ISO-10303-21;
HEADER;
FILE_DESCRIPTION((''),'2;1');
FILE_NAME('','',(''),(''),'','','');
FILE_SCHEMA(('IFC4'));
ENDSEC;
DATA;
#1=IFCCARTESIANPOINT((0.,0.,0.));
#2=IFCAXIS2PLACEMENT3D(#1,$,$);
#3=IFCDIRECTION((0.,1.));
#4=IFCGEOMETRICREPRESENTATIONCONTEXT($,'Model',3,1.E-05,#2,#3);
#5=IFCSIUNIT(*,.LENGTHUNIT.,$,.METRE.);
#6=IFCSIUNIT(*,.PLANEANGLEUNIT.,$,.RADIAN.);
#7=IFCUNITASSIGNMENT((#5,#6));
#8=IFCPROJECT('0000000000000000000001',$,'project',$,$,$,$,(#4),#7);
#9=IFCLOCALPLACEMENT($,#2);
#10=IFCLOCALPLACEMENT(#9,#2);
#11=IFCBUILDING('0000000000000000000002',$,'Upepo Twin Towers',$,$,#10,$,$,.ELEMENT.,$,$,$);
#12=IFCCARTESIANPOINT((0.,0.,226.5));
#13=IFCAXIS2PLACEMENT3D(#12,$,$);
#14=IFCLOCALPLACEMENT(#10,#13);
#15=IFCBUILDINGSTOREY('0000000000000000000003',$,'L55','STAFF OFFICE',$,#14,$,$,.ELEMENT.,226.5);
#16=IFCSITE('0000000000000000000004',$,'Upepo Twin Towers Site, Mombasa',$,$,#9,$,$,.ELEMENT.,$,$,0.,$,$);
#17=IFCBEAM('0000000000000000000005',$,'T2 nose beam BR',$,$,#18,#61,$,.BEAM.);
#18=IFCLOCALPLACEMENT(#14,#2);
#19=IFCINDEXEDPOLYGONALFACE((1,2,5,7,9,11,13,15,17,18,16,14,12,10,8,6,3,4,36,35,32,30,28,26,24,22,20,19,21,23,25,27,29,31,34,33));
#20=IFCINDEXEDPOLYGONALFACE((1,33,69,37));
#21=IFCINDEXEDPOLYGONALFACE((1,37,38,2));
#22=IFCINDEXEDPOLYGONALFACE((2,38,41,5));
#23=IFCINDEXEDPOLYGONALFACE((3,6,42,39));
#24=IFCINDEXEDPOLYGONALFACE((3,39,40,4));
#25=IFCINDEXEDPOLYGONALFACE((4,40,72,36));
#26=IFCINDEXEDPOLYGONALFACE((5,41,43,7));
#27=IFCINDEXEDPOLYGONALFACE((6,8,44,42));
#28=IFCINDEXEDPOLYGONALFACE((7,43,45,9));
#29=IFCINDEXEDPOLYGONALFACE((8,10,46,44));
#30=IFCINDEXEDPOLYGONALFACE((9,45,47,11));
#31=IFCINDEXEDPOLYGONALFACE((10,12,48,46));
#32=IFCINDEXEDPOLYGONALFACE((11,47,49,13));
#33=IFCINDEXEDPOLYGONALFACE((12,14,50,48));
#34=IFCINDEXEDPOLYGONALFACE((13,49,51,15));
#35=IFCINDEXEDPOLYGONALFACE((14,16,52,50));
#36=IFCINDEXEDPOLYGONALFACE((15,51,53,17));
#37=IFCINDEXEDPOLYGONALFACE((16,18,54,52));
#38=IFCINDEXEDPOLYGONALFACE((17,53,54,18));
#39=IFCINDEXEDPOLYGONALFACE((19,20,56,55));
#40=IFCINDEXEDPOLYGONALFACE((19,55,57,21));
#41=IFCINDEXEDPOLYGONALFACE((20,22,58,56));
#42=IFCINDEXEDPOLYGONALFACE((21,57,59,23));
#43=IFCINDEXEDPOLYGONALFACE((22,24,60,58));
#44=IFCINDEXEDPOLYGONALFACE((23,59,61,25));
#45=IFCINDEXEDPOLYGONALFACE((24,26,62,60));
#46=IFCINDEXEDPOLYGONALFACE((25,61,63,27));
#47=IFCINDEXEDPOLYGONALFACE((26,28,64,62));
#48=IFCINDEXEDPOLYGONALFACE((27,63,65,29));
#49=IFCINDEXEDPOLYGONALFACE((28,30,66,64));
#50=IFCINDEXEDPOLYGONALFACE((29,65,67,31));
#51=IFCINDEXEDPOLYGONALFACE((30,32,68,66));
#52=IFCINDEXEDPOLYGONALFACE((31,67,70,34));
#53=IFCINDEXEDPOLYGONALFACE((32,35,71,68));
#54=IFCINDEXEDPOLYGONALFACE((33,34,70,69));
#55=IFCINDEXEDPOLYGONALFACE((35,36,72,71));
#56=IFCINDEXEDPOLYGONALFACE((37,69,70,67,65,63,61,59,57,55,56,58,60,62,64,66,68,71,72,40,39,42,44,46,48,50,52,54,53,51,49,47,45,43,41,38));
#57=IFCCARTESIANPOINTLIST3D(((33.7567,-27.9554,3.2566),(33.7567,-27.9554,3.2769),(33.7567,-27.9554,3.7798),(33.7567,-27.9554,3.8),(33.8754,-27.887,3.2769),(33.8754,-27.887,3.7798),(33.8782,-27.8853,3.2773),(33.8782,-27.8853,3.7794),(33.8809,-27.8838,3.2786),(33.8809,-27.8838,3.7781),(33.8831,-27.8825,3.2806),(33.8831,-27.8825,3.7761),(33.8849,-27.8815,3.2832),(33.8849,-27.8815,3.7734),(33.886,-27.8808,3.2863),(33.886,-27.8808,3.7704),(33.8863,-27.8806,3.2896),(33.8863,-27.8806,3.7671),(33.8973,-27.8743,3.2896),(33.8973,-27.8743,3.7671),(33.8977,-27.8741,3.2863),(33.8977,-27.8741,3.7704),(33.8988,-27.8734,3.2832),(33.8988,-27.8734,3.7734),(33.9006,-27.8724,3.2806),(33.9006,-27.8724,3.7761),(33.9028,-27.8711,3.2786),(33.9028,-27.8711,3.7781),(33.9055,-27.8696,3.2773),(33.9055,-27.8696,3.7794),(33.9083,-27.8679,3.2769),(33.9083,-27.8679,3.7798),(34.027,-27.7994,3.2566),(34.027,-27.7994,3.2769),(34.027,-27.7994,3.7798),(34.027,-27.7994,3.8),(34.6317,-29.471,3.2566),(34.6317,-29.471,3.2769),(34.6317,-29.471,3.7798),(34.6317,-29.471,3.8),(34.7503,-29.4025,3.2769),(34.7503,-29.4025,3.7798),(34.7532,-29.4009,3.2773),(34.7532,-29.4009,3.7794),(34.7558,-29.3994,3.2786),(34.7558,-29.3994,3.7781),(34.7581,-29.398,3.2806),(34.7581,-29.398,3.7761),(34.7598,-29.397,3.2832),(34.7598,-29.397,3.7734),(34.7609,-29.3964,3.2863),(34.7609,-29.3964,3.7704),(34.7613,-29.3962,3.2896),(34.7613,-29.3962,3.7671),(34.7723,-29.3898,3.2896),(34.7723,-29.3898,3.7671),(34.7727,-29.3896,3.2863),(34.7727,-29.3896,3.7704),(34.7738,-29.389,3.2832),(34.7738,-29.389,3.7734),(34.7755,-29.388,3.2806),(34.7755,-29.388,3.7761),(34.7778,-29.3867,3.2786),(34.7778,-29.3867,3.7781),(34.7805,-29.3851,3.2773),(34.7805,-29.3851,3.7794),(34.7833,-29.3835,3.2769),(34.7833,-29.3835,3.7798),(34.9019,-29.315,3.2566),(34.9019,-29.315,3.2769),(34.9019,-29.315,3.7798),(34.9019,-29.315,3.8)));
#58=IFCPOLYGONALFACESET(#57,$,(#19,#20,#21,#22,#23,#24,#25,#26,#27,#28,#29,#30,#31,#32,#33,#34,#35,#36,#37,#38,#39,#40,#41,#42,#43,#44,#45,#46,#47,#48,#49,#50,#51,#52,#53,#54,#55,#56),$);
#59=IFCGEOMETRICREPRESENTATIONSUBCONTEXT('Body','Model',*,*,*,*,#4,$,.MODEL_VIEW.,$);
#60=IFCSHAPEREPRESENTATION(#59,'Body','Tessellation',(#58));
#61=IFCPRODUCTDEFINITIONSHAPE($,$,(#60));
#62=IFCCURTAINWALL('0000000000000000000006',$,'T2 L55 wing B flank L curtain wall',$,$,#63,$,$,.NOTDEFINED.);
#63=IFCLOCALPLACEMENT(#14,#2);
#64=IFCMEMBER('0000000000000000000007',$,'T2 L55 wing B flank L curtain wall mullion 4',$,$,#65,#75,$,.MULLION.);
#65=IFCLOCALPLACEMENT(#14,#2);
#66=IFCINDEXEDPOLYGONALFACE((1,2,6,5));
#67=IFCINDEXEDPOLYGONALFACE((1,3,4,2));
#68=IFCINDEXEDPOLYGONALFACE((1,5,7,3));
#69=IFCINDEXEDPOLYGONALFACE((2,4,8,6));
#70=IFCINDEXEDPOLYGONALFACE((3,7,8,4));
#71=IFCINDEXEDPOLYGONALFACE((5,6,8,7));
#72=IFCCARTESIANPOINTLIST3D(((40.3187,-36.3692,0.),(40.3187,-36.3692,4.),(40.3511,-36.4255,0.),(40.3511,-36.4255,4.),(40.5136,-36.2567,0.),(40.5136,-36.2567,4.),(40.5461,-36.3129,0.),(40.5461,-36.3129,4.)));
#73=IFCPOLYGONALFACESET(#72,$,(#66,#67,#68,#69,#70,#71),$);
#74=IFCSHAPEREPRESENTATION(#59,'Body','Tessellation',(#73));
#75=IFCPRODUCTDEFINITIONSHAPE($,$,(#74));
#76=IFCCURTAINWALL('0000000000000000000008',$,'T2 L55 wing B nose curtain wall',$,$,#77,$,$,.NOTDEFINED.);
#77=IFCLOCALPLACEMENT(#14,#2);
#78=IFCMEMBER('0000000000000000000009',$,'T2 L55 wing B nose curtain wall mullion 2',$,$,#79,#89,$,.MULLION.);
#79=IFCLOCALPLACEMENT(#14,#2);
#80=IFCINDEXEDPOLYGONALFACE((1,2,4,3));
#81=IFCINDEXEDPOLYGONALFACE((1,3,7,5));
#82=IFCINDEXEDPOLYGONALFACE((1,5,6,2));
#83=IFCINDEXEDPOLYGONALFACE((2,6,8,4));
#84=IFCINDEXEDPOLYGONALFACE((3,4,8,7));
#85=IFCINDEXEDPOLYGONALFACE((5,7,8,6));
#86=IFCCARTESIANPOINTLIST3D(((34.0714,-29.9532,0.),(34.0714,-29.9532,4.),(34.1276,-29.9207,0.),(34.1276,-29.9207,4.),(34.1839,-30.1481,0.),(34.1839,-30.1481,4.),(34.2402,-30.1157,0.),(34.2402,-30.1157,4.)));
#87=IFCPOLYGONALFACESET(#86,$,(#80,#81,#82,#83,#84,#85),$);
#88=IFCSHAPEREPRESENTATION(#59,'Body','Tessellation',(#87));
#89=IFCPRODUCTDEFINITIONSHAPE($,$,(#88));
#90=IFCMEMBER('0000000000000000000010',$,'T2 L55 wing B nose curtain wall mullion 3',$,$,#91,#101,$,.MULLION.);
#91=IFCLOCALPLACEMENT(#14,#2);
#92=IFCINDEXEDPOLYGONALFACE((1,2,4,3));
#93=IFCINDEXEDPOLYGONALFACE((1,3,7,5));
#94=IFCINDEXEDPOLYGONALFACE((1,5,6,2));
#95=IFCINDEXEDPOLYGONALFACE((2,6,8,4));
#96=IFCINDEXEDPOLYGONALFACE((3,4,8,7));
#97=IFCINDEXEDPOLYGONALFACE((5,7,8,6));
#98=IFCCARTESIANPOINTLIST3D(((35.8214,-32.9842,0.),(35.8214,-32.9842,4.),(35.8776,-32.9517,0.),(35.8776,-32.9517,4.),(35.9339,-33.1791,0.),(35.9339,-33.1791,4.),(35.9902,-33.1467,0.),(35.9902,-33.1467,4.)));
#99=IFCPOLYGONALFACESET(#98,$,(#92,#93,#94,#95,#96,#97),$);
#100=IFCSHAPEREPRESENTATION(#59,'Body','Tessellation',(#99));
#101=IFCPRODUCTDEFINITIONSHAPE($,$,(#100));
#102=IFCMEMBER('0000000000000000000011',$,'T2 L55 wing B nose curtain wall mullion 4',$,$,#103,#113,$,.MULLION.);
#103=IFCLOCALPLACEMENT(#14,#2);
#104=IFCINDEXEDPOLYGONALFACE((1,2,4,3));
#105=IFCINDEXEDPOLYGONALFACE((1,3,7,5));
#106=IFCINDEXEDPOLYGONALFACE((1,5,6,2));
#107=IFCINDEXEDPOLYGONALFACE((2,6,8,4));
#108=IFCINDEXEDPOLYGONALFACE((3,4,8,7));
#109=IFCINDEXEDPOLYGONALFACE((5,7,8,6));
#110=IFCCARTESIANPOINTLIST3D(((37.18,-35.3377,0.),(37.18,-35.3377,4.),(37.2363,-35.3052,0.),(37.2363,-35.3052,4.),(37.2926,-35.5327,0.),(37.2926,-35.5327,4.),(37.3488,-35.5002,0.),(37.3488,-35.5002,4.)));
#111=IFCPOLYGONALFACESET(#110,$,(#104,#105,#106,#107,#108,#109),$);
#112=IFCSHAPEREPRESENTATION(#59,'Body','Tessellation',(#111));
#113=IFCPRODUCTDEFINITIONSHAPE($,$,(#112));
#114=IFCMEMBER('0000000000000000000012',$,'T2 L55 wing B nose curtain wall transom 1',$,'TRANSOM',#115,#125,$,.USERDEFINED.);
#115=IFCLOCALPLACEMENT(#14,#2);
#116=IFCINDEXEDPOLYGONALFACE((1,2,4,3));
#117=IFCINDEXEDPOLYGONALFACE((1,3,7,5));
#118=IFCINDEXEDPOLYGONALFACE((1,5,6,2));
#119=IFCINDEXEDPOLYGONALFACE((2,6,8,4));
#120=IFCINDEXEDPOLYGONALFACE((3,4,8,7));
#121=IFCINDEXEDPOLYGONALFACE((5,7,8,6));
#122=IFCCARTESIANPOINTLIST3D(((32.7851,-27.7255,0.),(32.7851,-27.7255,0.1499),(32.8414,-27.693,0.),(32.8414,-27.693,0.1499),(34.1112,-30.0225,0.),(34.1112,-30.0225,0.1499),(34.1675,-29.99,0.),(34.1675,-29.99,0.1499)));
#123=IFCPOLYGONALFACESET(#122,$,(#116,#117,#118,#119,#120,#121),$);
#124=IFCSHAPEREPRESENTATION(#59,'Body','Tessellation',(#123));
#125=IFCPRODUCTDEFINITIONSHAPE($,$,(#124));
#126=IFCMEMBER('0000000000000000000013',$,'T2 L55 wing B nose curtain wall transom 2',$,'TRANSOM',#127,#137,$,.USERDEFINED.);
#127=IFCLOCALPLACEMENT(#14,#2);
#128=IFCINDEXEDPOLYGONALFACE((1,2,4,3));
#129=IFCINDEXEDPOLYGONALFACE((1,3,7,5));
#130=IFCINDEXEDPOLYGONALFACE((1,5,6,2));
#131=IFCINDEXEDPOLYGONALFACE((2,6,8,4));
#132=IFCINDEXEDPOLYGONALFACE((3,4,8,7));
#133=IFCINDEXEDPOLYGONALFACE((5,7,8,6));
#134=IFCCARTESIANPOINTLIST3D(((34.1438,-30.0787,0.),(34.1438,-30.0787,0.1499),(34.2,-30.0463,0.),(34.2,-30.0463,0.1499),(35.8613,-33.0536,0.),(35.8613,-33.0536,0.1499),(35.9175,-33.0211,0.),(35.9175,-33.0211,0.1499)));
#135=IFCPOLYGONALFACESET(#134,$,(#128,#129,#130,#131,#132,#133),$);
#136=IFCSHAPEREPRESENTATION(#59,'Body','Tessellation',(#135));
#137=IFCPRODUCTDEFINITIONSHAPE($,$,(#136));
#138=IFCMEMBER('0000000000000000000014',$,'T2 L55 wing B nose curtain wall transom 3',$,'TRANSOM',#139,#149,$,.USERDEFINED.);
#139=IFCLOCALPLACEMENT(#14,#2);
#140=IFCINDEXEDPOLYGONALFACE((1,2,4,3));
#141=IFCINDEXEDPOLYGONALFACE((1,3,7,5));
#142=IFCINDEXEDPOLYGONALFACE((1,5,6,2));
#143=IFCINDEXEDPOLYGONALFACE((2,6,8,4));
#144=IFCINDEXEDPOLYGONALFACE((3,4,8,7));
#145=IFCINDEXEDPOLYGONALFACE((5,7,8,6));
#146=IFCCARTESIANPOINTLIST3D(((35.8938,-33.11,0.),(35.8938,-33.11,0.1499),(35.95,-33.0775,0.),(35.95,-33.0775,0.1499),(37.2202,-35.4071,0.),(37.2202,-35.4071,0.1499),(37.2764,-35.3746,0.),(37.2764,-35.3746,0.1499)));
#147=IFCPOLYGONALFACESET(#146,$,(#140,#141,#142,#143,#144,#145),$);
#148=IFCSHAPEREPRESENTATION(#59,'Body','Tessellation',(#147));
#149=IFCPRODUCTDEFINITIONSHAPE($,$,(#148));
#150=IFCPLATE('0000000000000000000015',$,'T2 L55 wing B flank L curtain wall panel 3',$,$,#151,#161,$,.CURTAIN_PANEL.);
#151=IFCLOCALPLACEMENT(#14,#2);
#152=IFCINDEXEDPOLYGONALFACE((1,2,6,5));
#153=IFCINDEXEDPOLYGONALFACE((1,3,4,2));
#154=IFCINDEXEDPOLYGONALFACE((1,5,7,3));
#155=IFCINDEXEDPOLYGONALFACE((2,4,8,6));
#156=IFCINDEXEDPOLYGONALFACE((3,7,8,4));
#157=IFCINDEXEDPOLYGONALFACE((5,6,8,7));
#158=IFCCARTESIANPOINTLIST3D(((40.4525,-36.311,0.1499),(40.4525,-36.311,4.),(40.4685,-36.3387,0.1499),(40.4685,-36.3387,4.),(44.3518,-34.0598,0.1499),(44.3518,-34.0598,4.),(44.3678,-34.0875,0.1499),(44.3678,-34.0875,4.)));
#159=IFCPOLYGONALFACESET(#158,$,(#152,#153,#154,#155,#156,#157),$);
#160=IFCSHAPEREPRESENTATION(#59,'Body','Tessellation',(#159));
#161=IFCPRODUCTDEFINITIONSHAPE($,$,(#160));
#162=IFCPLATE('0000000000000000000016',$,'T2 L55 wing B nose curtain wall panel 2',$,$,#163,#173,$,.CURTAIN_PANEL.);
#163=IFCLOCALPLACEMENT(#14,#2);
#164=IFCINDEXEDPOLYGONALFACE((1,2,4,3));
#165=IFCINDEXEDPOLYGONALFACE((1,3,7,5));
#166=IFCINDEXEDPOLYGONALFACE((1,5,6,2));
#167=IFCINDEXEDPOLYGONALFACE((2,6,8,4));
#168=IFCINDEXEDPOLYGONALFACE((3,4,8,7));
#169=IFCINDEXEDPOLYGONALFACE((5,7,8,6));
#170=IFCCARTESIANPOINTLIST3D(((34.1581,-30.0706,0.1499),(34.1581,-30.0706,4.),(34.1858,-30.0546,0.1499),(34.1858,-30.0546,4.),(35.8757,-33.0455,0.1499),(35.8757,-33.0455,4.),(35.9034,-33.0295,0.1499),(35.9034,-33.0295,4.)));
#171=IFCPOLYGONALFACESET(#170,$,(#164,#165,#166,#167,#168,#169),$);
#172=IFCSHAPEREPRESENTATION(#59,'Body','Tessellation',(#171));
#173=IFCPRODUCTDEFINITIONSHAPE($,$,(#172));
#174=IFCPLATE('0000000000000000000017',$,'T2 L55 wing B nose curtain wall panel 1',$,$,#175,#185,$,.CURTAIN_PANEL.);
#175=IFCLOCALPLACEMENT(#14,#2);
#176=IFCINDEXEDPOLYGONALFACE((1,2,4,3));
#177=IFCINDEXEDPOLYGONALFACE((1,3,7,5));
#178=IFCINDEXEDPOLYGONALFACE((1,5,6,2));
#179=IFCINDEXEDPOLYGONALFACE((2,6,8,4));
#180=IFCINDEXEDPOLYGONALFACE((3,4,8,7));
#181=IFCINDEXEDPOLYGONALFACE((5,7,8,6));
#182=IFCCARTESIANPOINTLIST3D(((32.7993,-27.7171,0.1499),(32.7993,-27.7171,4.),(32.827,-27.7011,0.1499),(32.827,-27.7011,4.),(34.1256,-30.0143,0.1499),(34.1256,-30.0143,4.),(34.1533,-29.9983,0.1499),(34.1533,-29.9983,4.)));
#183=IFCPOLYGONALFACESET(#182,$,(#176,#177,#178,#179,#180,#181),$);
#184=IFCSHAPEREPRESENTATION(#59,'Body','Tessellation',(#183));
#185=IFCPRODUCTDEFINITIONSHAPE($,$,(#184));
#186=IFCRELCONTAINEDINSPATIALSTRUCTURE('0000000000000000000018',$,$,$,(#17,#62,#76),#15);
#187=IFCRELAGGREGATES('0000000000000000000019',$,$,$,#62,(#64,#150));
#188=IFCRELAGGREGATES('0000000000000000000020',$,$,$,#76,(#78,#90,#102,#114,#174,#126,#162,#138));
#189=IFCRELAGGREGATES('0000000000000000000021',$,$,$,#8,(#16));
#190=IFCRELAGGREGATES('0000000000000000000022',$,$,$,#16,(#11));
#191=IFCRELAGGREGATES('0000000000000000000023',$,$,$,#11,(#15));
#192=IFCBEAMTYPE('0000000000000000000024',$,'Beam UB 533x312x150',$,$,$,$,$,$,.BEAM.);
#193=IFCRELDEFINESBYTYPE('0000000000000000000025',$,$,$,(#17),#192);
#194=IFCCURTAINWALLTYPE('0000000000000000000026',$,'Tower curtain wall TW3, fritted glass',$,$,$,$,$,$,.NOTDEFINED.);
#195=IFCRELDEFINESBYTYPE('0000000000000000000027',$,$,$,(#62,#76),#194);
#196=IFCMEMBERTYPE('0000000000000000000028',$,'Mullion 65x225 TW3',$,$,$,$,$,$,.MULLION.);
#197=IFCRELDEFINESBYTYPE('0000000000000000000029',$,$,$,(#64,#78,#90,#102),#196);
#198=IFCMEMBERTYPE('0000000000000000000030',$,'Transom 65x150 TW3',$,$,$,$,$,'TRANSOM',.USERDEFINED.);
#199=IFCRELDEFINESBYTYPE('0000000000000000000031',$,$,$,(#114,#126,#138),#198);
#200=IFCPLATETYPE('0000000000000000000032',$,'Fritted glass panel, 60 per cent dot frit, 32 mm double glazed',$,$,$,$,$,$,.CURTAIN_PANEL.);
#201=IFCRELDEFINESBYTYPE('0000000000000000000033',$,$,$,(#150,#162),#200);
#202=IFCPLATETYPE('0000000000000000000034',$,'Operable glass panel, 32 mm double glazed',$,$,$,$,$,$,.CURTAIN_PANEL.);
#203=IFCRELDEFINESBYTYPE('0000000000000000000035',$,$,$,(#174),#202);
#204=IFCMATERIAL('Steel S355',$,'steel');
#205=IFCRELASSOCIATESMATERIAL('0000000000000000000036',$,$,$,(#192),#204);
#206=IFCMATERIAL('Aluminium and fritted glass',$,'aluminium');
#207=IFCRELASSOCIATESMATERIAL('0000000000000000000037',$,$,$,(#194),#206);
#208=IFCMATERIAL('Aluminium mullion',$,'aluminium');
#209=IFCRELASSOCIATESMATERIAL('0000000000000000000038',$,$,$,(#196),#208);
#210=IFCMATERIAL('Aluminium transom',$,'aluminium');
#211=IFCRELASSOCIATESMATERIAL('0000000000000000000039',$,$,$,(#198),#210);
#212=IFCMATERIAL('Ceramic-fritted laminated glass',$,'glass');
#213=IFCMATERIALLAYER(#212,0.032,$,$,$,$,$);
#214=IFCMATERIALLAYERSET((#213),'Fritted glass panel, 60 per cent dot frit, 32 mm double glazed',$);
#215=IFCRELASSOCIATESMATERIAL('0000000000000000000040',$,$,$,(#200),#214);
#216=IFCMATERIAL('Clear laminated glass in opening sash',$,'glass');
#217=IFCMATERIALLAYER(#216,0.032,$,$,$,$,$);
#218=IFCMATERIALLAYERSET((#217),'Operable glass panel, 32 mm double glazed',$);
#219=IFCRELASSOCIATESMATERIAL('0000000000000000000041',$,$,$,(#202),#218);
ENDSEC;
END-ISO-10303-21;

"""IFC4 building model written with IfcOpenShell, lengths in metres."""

from ifc_helpers import new_model, si_unit, direction, frame, origin, origin_2d, place, context, subcontext, project, spatial, rectangle, i_section, extrude, material, layer, layer_set, material_profile, profile_set, type_object, element, aggregate, save


model = new_model("IFC4")

# Units and contexts
model_context = context("Model", 3, precision=1e-05, world=origin(), true_north=direction((0.0, 1.0)))
body_context = subcontext(model_context, "Body", "Model", "MODEL_VIEW")
ifc_project = project(units=[si_unit("LENGTHUNIT", "METRE"), si_unit("PLANEANGLEUNIT", "RADIAN")], contexts=[model_context])

# Site, building, storey
site_placement = place(None, origin())
site = spatial("IfcSite", under=ifc_project, at=site_placement, Name="Upepo Twin Towers Site, Mombasa", CompositionType="ELEMENT", RefElevation=0.0)
building_placement = place(site_placement, origin())
building = spatial("IfcBuilding", under=site, at=building_placement, Name="Upepo Twin Towers", CompositionType="ELEMENT")
storey_placement = place(building_placement, frame((0.0, 0.0, 226.5)))
storey = spatial("IfcBuildingStorey", under=building, at=storey_placement, Name="L55", Description="STAFF OFFICE", CompositionType="ELEMENT", Elevation=226.5)

# Beam
ifc_material_1 = material(Name="Steel S355", Category="steel")
ifc_material_profile_1 = material_profile(ifc_material_1, i_section(OverallWidth=0.312, OverallDepth=0.5435, WebThickness=0.0127, FlangeThickness=0.0203, FilletRadius=0.0127, at=origin_2d()), Name="UB 533x312x150")
ifc_profile_set_1 = profile_set([ifc_material_profile_1], Name="Steel S355")
beam_type_1 = type_object("IfcBeamType", Name="Beam UB 533x312x150", PredefinedType="BEAM", material=ifc_profile_set_1)
for number, where, z_axis, x_axis, name in (
    (1, (33.8918, -27.8774, 3.5283), (0.49998, -0.866037, 0.0), (0.866037, 0.49998, 0.0), "T2 nose beam BR"),
):
    element("IfcBeam", number, at=place(storey_placement, frame(where, z_axis=z_axis, x_axis=x_axis)), inside=storey, type_object=beam_type_1, Name=name, PredefinedType="BEAM", context=body_context, shape_type="SweptSolid", body=[
        extrude(i_section(OverallWidth=0.312, OverallDepth=0.5435, WebThickness=0.0127, FlangeThickness=0.0203, FilletRadius=0.0127, at=origin_2d()), origin(), (0.0, 0.0, 1.0), 1.75),
    ])

# Curtain wall, member
ifc_material_2 = material(Name="Aluminium and fritted glass", Category="aluminium")
curtain_wall_type = type_object("IfcCurtainWallType", Name="Tower curtain wall TW3, fritted glass", PredefinedType="NOTDEFINED", material=ifc_material_2)
curtain_wall_1_placement = place(storey_placement, origin())
curtain_wall_1 = element("IfcCurtainWall", 2, at=curtain_wall_1_placement, inside=storey, type_object=curtain_wall_type, Name="T2 L55 wing B flank L curtain wall", PredefinedType="NOTDEFINED")
ifc_material_3 = material(Name="Aluminium mullion", Category="aluminium")
ifc_material_profile_2 = material_profile(ifc_material_3, rectangle(XDim=0.0649, YDim=0.2251, at=origin_2d()), Name="MULLION 65x225")
ifc_profile_set_2 = profile_set([ifc_material_profile_2], Name="Aluminium mullion")
member_type_1 = type_object("IfcMemberType", Name="Mullion 65x225 TW3", PredefinedType="MULLION", material=ifc_profile_set_2)
member_1_placement = place(storey_placement, frame((40.4324, -36.3411, 0.0), z_axis=(0.0, 0.0, 1.0), x_axis=(0.5, -0.866025, 0.0)))
member_1 = element("IfcMember", 3, at=member_1_placement, type_object=member_type_1, Name="T2 L55 wing B flank L curtain wall mullion 4", PredefinedType="MULLION", context=body_context, shape_type="SweptSolid", body=[
    extrude(rectangle(XDim=0.0649, YDim=0.2251, at=origin_2d()), origin(), (0.0, 0.0, 1.0), 4.0),
])

# Curtain wall, members
curtain_wall_2_placement = place(storey_placement, origin())
curtain_wall_2 = element("IfcCurtainWall", 4, at=curtain_wall_2_placement, inside=storey, type_object=curtain_wall_type, Name="T2 L55 wing B nose curtain wall", PredefinedType="NOTDEFINED")
member_2_placement = place(storey_placement, frame((34.1558, -30.0344, 0.0), z_axis=(0.0, 0.0, 1.0), x_axis=(0.866025, 0.5, 0.0)))
member_2 = element("IfcMember", 5, at=member_2_placement, type_object=member_type_1, Name="T2 L55 wing B nose curtain wall mullion 2", PredefinedType="MULLION", context=body_context, shape_type="SweptSolid", body=[
    extrude(rectangle(XDim=0.0649, YDim=0.2251, at=origin_2d()), origin(), (0.0, 0.0, 1.0), 4.0),
])
member_3_placement = place(storey_placement, frame((35.9058, -33.0654, 0.0), z_axis=(0.0, 0.0, 1.0), x_axis=(0.866025, 0.5, 0.0)))
member_3 = element("IfcMember", 6, at=member_3_placement, type_object=member_type_1, Name="T2 L55 wing B nose curtain wall mullion 3", PredefinedType="MULLION", context=body_context, shape_type="SweptSolid", body=[
    extrude(rectangle(XDim=0.0649, YDim=0.2251, at=origin_2d()), origin(), (0.0, 0.0, 1.0), 4.0),
])
member_4_placement = place(storey_placement, frame((37.2644, -35.4189, 0.0), z_axis=(0.0, 0.0, 1.0), x_axis=(0.866025, 0.5, 0.0)))
member_4 = element("IfcMember", 7, at=member_4_placement, type_object=member_type_1, Name="T2 L55 wing B nose curtain wall mullion 4", PredefinedType="MULLION", context=body_context, shape_type="SweptSolid", body=[
    extrude(rectangle(XDim=0.0649, YDim=0.2251, at=origin_2d()), origin(), (0.0, 0.0, 1.0), 4.0),
])
ifc_material_4 = material(Name="Aluminium transom", Category="aluminium")
ifc_material_profile_3 = material_profile(ifc_material_4, rectangle(XDim=0.0649, YDim=0.1499, at=origin_2d()), Name="TRANSOM 65x150")
ifc_profile_set_3 = profile_set([ifc_material_profile_3], Name="Aluminium transom")
member_type_2 = type_object("IfcMemberType", Name="Transom 65x150 TW3", ElementType="TRANSOM", PredefinedType="USERDEFINED", material=ifc_profile_set_3)
member_5_placement = place(storey_placement, frame((32.8132, -27.7092, 0.075), z_axis=(0.49998, -0.866037, 0.0), x_axis=(0.866037, 0.49998, 0.0)))
member_5 = element("IfcMember", 8, at=member_5_placement, type_object=member_type_2, Name="T2 L55 wing B nose curtain wall transom 1", ObjectType="TRANSOM", PredefinedType="USERDEFINED", context=body_context, shape_type="SweptSolid", body=[
    extrude(rectangle(XDim=0.0649, YDim=0.1499, at=origin_2d()), origin(), (0.0, 0.0, 1.0), 2.6523),
])
member_6_placement = place(storey_placement, frame((34.1719, -30.0625, 0.075), z_axis=(0.499999, -0.866026, 0.0), x_axis=(0.866026, 0.499999, 0.0)))
member_6 = element("IfcMember", 9, at=member_6_placement, type_object=member_type_2, Name="T2 L55 wing B nose curtain wall transom 2", ObjectType="TRANSOM", PredefinedType="USERDEFINED", context=body_context, shape_type="SweptSolid", body=[
    extrude(rectangle(XDim=0.0649, YDim=0.1499, at=origin_2d()), origin(), (0.0, 0.0, 1.0), 3.4351),
])
member_7_placement = place(storey_placement, frame((35.9219, -33.0938, 0.075), z_axis=(0.500049, -0.865997, 0.0), x_axis=(0.865997, 0.500049, 0.0)))
member_7 = element("IfcMember", 10, at=member_7_placement, type_object=member_type_2, Name="T2 L55 wing B nose curtain wall transom 3", ObjectType="TRANSOM", PredefinedType="USERDEFINED", context=body_context, shape_type="SweptSolid", body=[
    extrude(rectangle(XDim=0.0649, YDim=0.1499, at=origin_2d()), origin(), (0.0, 0.0, 1.0), 2.6526),
])

# Plates
ifc_material_5 = material(Name="Ceramic-fritted laminated glass", Category="glass")
ifc_layer_1 = layer(ifc_material_5, 0.032)
ifc_layer_set_1 = layer_set([ifc_layer_1], Name="Fritted glass panel, 60 per cent dot frit, 32 mm double glazed")
plate_type_1 = type_object("IfcPlateType", Name="Fritted glass panel, 60 per cent dot frit, 32 mm double glazed", PredefinedType="CURTAIN_PANEL", material=ifc_layer_set_1)
plate_1_placement = place(storey_placement, frame((42.4102, -35.1992, 0.1499), z_axis=(0.0, 0.0, 1.0), x_axis=(-0.866025, -0.5, 0.0)))
plate_1 = element("IfcPlate", 11, at=plate_1_placement, type_object=plate_type_1, Name="T2 L55 wing B flank L curtain wall panel 3", PredefinedType="CURTAIN_PANEL", context=body_context, shape_type="SweptSolid", body=[
    extrude(rectangle(XDim=4.5024, YDim=0.032, at=origin_2d()), origin(), (0.0, 0.0, 1.0), 3.8501),
])
aggregate(curtain_wall_1, [member_1, plate_1])
plate_2_placement = place(storey_placement, frame((35.0308, -31.55, 0.1499), z_axis=(0.0, 0.0, 1.0), x_axis=(0.5, -0.866025, 0.0)))
plate_2 = element("IfcPlate", 12, at=plate_2_placement, type_object=plate_type_1, Name="T2 L55 wing B nose curtain wall panel 2", PredefinedType="CURTAIN_PANEL", context=body_context, shape_type="SweptSolid", body=[
    extrude(rectangle(XDim=3.4351, YDim=0.032, at=origin_2d()), origin(), (0.0, 0.0, 1.0), 3.8501),
])
ifc_material_6 = material(Name="Clear laminated glass in opening sash", Category="glass")
ifc_layer_2 = layer(ifc_material_6, 0.032)
ifc_layer_set_2 = layer_set([ifc_layer_2], Name="Operable glass panel, 32 mm double glazed")
plate_type_2 = type_object("IfcPlateType", Name="Operable glass panel, 32 mm double glazed", PredefinedType="CURTAIN_PANEL", material=ifc_layer_set_2)
plate_3_placement = place(storey_placement, frame((33.4763, -28.8577, 0.1499), z_axis=(0.0, 0.0, 1.0), x_axis=(0.5, -0.866025, 0.0)))
plate_3 = element("IfcPlate", 13, at=plate_3_placement, type_object=plate_type_2, Name="T2 L55 wing B nose curtain wall panel 1", PredefinedType="CURTAIN_PANEL", context=body_context, shape_type="SweptSolid", body=[
    extrude(rectangle(XDim=2.6526, YDim=0.032, at=origin_2d()), origin(), (0.0, 0.0, 1.0), 3.8501),
])
aggregate(curtain_wall_2, [member_2, member_3, member_4, member_5, plate_3, member_6, plate_2, member_7])

save(model, "model.ifc")
